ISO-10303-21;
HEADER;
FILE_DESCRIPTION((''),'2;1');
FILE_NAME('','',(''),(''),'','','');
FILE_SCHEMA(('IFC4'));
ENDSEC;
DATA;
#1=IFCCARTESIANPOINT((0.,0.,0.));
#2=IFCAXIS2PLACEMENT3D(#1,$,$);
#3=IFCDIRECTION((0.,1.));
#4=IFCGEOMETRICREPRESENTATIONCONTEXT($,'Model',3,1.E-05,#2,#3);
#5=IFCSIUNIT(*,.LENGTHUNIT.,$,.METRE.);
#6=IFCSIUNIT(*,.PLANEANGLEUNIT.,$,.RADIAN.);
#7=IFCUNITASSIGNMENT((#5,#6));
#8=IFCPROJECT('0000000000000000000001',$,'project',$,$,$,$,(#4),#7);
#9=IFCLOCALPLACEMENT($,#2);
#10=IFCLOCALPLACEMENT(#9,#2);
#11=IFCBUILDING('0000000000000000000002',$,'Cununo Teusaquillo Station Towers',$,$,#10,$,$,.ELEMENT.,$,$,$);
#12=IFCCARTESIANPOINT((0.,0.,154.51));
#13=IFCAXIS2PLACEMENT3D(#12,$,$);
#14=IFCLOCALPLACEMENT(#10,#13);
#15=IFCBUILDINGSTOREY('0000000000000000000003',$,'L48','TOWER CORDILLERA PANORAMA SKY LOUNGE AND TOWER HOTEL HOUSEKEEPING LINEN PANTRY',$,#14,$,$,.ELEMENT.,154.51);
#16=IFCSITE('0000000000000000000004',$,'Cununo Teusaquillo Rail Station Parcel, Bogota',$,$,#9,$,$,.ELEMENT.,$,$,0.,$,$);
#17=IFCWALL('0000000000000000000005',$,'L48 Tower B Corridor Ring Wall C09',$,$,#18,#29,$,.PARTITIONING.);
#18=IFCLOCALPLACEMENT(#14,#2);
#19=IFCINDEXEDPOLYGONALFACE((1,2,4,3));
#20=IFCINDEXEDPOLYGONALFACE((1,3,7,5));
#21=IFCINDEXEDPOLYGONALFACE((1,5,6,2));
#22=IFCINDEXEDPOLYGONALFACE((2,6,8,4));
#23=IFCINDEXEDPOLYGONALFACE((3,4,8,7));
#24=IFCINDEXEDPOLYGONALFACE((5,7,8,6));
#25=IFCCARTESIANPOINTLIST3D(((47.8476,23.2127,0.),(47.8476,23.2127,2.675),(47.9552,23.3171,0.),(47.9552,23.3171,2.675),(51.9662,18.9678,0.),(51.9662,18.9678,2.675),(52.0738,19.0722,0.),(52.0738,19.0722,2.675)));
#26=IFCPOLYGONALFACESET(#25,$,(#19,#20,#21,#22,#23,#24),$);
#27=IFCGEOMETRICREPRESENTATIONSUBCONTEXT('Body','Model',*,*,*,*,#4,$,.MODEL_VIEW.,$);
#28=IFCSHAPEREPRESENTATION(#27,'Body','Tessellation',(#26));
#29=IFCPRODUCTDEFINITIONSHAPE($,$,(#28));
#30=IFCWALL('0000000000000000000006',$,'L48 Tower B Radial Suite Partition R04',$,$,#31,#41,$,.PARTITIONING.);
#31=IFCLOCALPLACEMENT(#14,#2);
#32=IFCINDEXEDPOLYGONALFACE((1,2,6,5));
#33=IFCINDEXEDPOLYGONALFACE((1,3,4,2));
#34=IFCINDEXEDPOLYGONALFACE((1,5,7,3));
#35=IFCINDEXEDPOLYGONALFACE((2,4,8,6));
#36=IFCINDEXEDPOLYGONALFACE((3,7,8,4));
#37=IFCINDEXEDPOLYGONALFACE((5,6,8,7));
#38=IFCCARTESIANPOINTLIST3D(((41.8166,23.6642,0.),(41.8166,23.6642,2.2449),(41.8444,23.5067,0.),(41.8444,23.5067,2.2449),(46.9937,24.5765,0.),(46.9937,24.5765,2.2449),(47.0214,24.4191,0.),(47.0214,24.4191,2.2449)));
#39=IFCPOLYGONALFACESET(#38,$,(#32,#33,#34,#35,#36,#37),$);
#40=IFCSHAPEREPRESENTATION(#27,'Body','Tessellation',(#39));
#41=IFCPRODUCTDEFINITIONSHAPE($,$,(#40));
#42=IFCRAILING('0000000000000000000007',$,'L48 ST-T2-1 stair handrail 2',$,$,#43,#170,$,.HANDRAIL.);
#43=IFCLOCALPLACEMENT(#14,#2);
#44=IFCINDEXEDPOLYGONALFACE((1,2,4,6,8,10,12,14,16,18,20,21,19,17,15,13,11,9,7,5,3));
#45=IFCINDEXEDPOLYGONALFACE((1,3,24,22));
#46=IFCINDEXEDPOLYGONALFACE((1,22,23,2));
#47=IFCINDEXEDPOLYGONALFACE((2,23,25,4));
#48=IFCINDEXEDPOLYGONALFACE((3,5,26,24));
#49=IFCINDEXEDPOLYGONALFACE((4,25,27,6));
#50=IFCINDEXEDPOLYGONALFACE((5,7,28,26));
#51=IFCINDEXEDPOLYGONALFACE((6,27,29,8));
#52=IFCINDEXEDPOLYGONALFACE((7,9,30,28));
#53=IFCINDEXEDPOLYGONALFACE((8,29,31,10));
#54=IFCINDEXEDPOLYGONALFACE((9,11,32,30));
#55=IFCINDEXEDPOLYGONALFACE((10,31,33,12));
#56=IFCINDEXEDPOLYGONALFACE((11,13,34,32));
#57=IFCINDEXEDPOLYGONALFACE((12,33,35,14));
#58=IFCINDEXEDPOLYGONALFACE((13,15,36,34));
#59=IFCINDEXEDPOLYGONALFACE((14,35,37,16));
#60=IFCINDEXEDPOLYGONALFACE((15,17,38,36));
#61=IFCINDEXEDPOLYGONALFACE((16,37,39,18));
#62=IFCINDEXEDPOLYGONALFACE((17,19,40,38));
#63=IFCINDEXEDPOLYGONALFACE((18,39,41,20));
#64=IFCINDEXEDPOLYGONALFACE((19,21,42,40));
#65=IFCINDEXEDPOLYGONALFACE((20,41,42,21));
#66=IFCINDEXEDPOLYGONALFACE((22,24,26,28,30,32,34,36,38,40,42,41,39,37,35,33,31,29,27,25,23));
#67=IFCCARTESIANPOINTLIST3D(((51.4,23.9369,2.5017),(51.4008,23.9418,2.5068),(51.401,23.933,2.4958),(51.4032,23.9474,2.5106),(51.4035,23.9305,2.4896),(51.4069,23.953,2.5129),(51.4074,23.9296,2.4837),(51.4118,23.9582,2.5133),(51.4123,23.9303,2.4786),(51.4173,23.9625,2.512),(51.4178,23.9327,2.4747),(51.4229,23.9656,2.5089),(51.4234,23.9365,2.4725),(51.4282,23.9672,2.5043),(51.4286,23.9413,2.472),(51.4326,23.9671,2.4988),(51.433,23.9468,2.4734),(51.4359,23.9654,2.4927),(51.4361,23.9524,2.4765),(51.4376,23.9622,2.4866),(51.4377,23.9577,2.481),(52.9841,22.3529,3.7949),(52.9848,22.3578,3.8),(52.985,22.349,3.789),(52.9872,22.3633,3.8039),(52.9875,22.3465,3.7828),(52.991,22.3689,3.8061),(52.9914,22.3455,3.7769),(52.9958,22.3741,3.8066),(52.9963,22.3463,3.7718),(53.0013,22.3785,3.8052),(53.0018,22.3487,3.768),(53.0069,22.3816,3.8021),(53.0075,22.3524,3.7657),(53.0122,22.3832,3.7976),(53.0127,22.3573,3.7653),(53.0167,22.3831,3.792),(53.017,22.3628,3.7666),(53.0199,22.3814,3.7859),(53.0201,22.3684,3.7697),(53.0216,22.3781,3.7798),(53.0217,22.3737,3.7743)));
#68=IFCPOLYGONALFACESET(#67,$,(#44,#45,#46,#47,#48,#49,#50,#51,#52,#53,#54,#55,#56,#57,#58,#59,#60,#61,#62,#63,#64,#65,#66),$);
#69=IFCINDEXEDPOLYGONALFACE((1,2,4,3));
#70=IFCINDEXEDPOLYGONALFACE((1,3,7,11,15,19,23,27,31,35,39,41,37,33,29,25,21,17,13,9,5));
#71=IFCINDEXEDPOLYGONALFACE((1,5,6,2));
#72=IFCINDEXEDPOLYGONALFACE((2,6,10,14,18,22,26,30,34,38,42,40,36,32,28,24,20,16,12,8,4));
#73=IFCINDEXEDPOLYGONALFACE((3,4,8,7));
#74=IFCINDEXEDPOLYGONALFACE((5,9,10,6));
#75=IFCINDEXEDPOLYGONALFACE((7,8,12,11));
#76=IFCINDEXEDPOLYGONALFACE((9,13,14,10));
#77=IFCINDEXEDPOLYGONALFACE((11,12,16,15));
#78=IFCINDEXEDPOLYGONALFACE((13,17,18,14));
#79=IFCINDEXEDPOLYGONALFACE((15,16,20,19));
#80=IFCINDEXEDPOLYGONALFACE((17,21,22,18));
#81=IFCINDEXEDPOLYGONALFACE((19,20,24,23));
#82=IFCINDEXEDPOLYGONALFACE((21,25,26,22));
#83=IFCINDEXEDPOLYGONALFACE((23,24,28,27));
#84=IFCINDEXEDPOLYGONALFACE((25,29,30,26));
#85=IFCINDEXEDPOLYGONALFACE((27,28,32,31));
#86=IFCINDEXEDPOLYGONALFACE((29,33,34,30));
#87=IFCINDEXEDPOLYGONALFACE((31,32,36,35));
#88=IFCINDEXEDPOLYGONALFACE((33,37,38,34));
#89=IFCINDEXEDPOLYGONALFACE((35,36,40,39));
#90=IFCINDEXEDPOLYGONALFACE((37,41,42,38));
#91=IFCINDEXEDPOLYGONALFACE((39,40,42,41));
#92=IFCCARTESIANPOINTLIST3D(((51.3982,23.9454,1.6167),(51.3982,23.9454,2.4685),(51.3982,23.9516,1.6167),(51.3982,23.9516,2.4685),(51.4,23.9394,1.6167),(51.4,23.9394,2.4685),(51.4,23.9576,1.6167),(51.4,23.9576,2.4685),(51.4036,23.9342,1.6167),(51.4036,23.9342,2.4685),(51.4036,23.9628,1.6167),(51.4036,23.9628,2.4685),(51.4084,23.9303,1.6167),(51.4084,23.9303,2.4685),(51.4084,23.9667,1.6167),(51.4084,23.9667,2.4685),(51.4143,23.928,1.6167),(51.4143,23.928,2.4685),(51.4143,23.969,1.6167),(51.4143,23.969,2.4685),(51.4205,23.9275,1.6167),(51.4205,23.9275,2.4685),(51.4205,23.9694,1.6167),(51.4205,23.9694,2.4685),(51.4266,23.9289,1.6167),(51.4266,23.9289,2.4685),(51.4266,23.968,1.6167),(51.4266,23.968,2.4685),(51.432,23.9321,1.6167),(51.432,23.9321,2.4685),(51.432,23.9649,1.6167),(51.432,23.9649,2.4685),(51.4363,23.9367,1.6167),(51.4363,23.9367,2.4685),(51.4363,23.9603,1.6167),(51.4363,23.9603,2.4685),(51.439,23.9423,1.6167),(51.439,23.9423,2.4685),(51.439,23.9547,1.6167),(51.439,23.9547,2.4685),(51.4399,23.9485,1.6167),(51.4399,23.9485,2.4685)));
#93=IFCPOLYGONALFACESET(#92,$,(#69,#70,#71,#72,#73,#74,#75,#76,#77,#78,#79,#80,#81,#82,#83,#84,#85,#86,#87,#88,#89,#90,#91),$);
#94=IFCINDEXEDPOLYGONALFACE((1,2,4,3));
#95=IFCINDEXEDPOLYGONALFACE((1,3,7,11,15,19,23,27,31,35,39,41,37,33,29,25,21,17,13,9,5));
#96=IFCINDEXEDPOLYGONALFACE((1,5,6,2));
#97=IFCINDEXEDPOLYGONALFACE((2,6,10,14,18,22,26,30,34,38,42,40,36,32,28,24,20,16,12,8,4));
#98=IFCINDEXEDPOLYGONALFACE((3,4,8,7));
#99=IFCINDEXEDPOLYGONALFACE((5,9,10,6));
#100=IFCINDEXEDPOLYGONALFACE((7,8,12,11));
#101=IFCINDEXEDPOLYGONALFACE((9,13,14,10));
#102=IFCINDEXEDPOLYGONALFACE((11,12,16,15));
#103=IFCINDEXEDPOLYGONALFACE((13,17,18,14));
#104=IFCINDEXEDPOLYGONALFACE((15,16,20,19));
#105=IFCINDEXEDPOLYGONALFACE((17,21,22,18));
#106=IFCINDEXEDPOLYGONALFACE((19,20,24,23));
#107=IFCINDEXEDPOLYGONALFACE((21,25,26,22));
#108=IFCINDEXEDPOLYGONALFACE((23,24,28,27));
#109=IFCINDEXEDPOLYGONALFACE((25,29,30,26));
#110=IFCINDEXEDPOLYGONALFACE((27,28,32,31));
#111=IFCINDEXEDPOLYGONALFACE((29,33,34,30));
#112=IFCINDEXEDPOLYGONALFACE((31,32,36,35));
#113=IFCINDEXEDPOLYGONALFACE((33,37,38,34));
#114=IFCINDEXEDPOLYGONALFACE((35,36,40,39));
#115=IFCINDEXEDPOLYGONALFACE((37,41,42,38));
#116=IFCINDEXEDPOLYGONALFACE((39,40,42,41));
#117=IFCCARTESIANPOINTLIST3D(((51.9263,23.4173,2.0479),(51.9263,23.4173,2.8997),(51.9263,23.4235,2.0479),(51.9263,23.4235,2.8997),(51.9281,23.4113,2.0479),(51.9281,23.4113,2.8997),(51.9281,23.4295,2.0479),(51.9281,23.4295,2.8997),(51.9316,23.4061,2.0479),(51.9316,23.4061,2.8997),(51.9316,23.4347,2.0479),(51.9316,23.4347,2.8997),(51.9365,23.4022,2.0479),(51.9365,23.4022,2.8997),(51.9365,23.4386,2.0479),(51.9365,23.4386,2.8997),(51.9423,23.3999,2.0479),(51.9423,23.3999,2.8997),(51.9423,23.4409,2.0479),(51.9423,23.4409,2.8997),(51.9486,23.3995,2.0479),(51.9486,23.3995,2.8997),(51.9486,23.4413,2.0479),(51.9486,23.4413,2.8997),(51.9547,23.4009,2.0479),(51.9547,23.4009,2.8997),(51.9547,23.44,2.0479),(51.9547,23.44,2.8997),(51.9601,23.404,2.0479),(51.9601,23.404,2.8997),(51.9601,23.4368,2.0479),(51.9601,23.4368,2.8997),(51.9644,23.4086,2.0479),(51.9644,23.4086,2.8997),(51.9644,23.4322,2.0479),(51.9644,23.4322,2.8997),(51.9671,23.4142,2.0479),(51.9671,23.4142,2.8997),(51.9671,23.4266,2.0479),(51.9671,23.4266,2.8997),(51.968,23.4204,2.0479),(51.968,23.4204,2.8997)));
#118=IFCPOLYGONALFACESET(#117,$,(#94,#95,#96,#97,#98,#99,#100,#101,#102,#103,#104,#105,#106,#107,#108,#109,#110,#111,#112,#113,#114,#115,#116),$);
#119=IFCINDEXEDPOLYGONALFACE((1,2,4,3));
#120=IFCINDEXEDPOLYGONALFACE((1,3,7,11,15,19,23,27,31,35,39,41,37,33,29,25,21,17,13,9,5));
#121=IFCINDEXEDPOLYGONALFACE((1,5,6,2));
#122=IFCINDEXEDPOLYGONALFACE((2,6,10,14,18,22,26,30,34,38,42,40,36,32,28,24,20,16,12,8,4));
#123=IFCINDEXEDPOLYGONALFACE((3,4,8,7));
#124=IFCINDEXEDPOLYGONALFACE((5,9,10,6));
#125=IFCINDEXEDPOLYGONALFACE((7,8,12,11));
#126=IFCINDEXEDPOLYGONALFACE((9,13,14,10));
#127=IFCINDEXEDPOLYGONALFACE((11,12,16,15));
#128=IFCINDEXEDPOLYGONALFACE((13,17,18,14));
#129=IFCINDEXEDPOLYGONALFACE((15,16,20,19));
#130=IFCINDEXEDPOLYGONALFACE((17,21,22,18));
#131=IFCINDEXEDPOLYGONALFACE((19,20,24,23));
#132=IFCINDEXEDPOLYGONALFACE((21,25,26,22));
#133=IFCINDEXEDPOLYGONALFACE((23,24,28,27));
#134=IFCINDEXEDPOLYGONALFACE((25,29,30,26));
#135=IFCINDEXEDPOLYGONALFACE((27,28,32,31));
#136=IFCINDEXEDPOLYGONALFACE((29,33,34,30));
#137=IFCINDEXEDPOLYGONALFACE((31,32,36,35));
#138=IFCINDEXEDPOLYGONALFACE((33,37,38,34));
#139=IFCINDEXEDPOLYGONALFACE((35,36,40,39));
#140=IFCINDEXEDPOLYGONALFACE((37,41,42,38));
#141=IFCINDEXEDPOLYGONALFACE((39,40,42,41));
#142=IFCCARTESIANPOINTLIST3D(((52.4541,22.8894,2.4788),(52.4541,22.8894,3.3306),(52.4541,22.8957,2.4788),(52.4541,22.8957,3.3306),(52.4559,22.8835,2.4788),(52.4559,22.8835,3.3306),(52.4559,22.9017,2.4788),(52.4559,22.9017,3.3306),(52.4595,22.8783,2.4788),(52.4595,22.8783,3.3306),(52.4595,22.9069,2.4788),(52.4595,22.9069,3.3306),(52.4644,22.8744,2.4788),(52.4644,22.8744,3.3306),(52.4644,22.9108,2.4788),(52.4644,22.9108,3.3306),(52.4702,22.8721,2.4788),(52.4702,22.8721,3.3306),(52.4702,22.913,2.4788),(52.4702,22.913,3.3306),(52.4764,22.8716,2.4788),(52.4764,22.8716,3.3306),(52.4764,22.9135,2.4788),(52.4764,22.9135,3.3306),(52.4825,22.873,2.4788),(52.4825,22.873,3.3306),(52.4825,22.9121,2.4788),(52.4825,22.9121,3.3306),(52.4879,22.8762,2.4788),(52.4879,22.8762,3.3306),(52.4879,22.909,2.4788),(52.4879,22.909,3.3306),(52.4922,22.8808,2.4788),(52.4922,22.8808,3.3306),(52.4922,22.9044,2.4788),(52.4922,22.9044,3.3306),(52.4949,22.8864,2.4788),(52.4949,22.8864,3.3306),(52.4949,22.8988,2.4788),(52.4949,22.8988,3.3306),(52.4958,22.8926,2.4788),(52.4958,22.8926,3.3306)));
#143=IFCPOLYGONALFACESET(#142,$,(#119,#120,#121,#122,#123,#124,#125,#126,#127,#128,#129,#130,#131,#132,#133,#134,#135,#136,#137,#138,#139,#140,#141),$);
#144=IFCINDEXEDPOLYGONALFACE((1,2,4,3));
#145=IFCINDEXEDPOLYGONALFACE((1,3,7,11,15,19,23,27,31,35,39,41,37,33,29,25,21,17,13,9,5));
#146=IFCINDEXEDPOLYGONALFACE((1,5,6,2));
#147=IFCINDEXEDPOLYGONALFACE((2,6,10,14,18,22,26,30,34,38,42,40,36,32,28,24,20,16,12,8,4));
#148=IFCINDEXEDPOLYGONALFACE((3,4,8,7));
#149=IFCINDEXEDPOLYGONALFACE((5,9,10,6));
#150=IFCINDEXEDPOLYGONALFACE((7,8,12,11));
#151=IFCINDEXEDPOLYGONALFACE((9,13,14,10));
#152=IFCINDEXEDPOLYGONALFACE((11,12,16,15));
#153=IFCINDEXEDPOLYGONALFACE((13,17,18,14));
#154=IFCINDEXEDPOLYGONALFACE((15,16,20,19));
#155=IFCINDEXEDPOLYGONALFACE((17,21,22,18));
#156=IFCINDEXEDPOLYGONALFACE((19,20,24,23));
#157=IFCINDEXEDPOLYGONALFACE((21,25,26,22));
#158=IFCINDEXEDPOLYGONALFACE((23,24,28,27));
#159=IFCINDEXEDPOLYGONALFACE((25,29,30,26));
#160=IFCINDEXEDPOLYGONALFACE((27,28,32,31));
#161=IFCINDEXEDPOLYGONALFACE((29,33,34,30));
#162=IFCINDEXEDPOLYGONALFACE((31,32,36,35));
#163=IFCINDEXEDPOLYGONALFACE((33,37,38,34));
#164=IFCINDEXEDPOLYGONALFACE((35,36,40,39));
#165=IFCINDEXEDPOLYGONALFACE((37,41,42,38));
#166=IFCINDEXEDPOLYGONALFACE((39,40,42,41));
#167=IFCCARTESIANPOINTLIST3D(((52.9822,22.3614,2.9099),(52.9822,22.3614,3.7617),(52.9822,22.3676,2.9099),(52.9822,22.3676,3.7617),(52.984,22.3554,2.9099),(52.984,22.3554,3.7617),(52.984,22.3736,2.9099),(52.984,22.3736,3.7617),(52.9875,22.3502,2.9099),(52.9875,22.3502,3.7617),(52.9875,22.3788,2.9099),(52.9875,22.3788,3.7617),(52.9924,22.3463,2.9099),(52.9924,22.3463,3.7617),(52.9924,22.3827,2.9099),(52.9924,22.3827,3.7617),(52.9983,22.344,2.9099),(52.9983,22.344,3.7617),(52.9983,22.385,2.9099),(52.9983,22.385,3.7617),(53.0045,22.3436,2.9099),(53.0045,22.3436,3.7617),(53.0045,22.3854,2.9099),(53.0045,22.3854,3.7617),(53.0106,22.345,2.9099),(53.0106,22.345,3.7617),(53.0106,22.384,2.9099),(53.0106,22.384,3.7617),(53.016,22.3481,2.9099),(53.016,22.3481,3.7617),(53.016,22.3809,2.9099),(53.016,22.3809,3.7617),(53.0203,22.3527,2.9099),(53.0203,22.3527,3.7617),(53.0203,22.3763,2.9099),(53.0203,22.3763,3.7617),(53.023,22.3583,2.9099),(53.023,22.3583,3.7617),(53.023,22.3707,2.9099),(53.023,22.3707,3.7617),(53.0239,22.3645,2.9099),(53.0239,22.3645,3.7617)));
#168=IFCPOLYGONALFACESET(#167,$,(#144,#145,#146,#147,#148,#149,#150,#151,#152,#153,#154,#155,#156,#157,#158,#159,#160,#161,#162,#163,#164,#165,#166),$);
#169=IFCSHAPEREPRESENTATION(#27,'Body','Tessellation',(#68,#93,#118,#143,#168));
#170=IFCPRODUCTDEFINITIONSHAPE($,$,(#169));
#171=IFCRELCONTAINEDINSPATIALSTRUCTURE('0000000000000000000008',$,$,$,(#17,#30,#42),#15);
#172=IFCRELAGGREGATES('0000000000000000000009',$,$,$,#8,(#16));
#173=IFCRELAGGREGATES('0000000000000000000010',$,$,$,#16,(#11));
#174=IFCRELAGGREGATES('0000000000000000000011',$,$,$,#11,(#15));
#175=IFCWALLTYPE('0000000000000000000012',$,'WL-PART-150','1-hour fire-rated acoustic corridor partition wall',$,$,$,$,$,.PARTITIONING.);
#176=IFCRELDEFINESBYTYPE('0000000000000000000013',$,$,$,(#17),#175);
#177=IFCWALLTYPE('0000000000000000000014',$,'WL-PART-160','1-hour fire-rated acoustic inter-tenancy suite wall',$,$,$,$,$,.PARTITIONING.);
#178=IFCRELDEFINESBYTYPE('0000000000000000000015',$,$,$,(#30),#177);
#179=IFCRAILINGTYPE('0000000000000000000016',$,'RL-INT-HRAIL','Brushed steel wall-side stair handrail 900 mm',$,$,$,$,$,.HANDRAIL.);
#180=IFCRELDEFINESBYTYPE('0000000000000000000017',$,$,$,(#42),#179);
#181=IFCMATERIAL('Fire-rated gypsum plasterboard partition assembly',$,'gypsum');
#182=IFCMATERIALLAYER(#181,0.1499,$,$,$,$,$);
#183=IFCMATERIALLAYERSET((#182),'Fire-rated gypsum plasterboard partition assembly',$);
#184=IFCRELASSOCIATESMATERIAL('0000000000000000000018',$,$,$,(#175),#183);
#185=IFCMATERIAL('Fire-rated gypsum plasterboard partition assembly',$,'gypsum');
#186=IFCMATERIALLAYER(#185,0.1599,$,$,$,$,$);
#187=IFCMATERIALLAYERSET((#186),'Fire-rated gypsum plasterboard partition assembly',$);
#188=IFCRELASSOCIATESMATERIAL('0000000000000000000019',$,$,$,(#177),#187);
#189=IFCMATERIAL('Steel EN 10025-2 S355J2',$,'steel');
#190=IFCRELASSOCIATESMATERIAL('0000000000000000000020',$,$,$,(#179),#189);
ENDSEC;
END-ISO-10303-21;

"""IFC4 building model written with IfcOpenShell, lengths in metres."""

from ifc_helpers import new_model, si_unit, direction, frame, frame_2d, origin, origin_2d, place, context, subcontext, project, spatial, rectangle, circle, extrude, material, layer, layer_set, type_object, element, save


model = new_model("IFC4")

# Units and contexts
model_context = context("Model", 3, precision=1e-05, world=origin(), true_north=direction((0.0, 1.0)))
body_context = subcontext(model_context, "Body", "Model", "MODEL_VIEW")
ifc_project = project(units=[si_unit("LENGTHUNIT", "METRE"), si_unit("PLANEANGLEUNIT", "RADIAN")], contexts=[model_context])

# Site, building, storey
site_placement = place(None, origin())
site = spatial("IfcSite", under=ifc_project, at=site_placement, Name="Cununo Teusaquillo Rail Station Parcel, Bogota", CompositionType="ELEMENT", RefElevation=0.0)
building_placement = place(site_placement, origin())
building = spatial("IfcBuilding", under=site, at=building_placement, Name="Cununo Teusaquillo Station Towers", CompositionType="ELEMENT")
storey_placement = place(building_placement, frame((0.0, 0.0, 154.51)))
storey = spatial("IfcBuildingStorey", under=building, at=storey_placement, Name="L48", Description="TOWER CORDILLERA PANORAMA SKY LOUNGE AND TOWER HOTEL HOUSEKEEPING LINEN PANTRY", CompositionType="ELEMENT", Elevation=154.51)

# Shared definitions
ifc_material_1 = material(Name="Fire-rated gypsum plasterboard partition assembly", Category="gypsum")
ifc_layer_1 = layer(ifc_material_1, 0.1499)
ifc_layer_set_1 = layer_set([ifc_layer_1], Name="Fire-rated gypsum plasterboard partition assembly")
wall_type_1 = type_object("IfcWallType", Name="WL-PART-150", Description="1-hour fire-rated acoustic corridor partition wall", PredefinedType="PARTITIONING", material=ifc_layer_set_1)

# Walls
wall_1_placement = place(storey_placement, frame((47.9014, 23.2649, 0.0), z_axis=(0.0, 0.0, 1.0), x_axis=(0.696356, -0.717697, 0.0)))
element("IfcWall", 1, at=wall_1_placement, inside=storey, type_object=wall_type_1, Name="L48 Tower B Corridor Ring Wall C09", PredefinedType="PARTITIONING", context=body_context, shape_type="SweptSolid", body=[
    extrude(rectangle(XDim=5.9146, YDim=0.1499, at=frame_2d((2.9573, 0.0))), origin(), (0.0, 0.0, 1.0), 2.675),
])
ifc_material_2 = material(Name="Fire-rated gypsum plasterboard partition assembly", Category="gypsum")
ifc_layer_2 = layer(ifc_material_2, 0.1599)
ifc_layer_set_2 = layer_set([ifc_layer_2], Name="Fire-rated gypsum plasterboard partition assembly")
wall_type_2 = type_object("IfcWallType", Name="WL-PART-160", Description="1-hour fire-rated acoustic inter-tenancy suite wall", PredefinedType="PARTITIONING", material=ifc_layer_set_2)
wall_2_placement = place(storey_placement, frame((47.0076, 24.4978, 0.0), z_axis=(0.0, 0.0, 1.0), x_axis=(-0.984824, -0.173557, 0.0)))
element("IfcWall", 2, at=wall_2_placement, inside=storey, type_object=wall_type_2, Name="L48 Tower B Radial Suite Partition R04", PredefinedType="PARTITIONING", context=body_context, shape_type="SweptSolid", body=[
    extrude(rectangle(XDim=5.2568, YDim=0.1599, at=frame_2d((2.6284, 0.0))), origin(), (0.0, 0.0, 1.0), 2.2449),
])

# Railing
ifc_material_3 = material(Name="Steel EN 10025-2 S355J2", Category="steel")
railing_type = type_object("IfcRailingType", Name="RL-INT-HRAIL", Description="Brushed steel wall-side stair handrail 900 mm", PredefinedType="HANDRAIL", material=ifc_material_3)
railing_placement = place(storey_placement, frame((51.4189, 23.9485, 1.6167)))
element("IfcRailing", 3, at=railing_placement, inside=storey, type_object=railing_type, Name="L48 ST-T2-1 stair handrail 2", PredefinedType="HANDRAIL", context=body_context, shape_type="SweptSolid", body=[
    extrude(circle(Radius=0.0239, at=origin_2d()), frame((0.0, 0.0, 0.876), z_axis=(0.612385, -0.612385, 0.49997), x_axis=(0.707107, 0.707107, 0.0)), (0.0, 0.0, 1.0), 2.5867),
    extrude(circle(Radius=0.021, at=origin_2d()), origin(), (0.0, 0.0, 1.0), 0.8518),
    extrude(circle(Radius=0.021, at=origin_2d()), frame((0.5281, -0.5281, 0.4312)), (0.0, 0.0, 1.0), 0.8518),
    extrude(circle(Radius=0.021, at=origin_2d()), frame((1.0559, -1.0559, 0.8621)), (0.0, 0.0, 1.0), 0.8518),
    extrude(circle(Radius=0.021, at=origin_2d()), frame((1.584, -1.584, 1.2932)), (0.0, 0.0, 1.0), 0.8518),
])

save(model, "model.ifc")
